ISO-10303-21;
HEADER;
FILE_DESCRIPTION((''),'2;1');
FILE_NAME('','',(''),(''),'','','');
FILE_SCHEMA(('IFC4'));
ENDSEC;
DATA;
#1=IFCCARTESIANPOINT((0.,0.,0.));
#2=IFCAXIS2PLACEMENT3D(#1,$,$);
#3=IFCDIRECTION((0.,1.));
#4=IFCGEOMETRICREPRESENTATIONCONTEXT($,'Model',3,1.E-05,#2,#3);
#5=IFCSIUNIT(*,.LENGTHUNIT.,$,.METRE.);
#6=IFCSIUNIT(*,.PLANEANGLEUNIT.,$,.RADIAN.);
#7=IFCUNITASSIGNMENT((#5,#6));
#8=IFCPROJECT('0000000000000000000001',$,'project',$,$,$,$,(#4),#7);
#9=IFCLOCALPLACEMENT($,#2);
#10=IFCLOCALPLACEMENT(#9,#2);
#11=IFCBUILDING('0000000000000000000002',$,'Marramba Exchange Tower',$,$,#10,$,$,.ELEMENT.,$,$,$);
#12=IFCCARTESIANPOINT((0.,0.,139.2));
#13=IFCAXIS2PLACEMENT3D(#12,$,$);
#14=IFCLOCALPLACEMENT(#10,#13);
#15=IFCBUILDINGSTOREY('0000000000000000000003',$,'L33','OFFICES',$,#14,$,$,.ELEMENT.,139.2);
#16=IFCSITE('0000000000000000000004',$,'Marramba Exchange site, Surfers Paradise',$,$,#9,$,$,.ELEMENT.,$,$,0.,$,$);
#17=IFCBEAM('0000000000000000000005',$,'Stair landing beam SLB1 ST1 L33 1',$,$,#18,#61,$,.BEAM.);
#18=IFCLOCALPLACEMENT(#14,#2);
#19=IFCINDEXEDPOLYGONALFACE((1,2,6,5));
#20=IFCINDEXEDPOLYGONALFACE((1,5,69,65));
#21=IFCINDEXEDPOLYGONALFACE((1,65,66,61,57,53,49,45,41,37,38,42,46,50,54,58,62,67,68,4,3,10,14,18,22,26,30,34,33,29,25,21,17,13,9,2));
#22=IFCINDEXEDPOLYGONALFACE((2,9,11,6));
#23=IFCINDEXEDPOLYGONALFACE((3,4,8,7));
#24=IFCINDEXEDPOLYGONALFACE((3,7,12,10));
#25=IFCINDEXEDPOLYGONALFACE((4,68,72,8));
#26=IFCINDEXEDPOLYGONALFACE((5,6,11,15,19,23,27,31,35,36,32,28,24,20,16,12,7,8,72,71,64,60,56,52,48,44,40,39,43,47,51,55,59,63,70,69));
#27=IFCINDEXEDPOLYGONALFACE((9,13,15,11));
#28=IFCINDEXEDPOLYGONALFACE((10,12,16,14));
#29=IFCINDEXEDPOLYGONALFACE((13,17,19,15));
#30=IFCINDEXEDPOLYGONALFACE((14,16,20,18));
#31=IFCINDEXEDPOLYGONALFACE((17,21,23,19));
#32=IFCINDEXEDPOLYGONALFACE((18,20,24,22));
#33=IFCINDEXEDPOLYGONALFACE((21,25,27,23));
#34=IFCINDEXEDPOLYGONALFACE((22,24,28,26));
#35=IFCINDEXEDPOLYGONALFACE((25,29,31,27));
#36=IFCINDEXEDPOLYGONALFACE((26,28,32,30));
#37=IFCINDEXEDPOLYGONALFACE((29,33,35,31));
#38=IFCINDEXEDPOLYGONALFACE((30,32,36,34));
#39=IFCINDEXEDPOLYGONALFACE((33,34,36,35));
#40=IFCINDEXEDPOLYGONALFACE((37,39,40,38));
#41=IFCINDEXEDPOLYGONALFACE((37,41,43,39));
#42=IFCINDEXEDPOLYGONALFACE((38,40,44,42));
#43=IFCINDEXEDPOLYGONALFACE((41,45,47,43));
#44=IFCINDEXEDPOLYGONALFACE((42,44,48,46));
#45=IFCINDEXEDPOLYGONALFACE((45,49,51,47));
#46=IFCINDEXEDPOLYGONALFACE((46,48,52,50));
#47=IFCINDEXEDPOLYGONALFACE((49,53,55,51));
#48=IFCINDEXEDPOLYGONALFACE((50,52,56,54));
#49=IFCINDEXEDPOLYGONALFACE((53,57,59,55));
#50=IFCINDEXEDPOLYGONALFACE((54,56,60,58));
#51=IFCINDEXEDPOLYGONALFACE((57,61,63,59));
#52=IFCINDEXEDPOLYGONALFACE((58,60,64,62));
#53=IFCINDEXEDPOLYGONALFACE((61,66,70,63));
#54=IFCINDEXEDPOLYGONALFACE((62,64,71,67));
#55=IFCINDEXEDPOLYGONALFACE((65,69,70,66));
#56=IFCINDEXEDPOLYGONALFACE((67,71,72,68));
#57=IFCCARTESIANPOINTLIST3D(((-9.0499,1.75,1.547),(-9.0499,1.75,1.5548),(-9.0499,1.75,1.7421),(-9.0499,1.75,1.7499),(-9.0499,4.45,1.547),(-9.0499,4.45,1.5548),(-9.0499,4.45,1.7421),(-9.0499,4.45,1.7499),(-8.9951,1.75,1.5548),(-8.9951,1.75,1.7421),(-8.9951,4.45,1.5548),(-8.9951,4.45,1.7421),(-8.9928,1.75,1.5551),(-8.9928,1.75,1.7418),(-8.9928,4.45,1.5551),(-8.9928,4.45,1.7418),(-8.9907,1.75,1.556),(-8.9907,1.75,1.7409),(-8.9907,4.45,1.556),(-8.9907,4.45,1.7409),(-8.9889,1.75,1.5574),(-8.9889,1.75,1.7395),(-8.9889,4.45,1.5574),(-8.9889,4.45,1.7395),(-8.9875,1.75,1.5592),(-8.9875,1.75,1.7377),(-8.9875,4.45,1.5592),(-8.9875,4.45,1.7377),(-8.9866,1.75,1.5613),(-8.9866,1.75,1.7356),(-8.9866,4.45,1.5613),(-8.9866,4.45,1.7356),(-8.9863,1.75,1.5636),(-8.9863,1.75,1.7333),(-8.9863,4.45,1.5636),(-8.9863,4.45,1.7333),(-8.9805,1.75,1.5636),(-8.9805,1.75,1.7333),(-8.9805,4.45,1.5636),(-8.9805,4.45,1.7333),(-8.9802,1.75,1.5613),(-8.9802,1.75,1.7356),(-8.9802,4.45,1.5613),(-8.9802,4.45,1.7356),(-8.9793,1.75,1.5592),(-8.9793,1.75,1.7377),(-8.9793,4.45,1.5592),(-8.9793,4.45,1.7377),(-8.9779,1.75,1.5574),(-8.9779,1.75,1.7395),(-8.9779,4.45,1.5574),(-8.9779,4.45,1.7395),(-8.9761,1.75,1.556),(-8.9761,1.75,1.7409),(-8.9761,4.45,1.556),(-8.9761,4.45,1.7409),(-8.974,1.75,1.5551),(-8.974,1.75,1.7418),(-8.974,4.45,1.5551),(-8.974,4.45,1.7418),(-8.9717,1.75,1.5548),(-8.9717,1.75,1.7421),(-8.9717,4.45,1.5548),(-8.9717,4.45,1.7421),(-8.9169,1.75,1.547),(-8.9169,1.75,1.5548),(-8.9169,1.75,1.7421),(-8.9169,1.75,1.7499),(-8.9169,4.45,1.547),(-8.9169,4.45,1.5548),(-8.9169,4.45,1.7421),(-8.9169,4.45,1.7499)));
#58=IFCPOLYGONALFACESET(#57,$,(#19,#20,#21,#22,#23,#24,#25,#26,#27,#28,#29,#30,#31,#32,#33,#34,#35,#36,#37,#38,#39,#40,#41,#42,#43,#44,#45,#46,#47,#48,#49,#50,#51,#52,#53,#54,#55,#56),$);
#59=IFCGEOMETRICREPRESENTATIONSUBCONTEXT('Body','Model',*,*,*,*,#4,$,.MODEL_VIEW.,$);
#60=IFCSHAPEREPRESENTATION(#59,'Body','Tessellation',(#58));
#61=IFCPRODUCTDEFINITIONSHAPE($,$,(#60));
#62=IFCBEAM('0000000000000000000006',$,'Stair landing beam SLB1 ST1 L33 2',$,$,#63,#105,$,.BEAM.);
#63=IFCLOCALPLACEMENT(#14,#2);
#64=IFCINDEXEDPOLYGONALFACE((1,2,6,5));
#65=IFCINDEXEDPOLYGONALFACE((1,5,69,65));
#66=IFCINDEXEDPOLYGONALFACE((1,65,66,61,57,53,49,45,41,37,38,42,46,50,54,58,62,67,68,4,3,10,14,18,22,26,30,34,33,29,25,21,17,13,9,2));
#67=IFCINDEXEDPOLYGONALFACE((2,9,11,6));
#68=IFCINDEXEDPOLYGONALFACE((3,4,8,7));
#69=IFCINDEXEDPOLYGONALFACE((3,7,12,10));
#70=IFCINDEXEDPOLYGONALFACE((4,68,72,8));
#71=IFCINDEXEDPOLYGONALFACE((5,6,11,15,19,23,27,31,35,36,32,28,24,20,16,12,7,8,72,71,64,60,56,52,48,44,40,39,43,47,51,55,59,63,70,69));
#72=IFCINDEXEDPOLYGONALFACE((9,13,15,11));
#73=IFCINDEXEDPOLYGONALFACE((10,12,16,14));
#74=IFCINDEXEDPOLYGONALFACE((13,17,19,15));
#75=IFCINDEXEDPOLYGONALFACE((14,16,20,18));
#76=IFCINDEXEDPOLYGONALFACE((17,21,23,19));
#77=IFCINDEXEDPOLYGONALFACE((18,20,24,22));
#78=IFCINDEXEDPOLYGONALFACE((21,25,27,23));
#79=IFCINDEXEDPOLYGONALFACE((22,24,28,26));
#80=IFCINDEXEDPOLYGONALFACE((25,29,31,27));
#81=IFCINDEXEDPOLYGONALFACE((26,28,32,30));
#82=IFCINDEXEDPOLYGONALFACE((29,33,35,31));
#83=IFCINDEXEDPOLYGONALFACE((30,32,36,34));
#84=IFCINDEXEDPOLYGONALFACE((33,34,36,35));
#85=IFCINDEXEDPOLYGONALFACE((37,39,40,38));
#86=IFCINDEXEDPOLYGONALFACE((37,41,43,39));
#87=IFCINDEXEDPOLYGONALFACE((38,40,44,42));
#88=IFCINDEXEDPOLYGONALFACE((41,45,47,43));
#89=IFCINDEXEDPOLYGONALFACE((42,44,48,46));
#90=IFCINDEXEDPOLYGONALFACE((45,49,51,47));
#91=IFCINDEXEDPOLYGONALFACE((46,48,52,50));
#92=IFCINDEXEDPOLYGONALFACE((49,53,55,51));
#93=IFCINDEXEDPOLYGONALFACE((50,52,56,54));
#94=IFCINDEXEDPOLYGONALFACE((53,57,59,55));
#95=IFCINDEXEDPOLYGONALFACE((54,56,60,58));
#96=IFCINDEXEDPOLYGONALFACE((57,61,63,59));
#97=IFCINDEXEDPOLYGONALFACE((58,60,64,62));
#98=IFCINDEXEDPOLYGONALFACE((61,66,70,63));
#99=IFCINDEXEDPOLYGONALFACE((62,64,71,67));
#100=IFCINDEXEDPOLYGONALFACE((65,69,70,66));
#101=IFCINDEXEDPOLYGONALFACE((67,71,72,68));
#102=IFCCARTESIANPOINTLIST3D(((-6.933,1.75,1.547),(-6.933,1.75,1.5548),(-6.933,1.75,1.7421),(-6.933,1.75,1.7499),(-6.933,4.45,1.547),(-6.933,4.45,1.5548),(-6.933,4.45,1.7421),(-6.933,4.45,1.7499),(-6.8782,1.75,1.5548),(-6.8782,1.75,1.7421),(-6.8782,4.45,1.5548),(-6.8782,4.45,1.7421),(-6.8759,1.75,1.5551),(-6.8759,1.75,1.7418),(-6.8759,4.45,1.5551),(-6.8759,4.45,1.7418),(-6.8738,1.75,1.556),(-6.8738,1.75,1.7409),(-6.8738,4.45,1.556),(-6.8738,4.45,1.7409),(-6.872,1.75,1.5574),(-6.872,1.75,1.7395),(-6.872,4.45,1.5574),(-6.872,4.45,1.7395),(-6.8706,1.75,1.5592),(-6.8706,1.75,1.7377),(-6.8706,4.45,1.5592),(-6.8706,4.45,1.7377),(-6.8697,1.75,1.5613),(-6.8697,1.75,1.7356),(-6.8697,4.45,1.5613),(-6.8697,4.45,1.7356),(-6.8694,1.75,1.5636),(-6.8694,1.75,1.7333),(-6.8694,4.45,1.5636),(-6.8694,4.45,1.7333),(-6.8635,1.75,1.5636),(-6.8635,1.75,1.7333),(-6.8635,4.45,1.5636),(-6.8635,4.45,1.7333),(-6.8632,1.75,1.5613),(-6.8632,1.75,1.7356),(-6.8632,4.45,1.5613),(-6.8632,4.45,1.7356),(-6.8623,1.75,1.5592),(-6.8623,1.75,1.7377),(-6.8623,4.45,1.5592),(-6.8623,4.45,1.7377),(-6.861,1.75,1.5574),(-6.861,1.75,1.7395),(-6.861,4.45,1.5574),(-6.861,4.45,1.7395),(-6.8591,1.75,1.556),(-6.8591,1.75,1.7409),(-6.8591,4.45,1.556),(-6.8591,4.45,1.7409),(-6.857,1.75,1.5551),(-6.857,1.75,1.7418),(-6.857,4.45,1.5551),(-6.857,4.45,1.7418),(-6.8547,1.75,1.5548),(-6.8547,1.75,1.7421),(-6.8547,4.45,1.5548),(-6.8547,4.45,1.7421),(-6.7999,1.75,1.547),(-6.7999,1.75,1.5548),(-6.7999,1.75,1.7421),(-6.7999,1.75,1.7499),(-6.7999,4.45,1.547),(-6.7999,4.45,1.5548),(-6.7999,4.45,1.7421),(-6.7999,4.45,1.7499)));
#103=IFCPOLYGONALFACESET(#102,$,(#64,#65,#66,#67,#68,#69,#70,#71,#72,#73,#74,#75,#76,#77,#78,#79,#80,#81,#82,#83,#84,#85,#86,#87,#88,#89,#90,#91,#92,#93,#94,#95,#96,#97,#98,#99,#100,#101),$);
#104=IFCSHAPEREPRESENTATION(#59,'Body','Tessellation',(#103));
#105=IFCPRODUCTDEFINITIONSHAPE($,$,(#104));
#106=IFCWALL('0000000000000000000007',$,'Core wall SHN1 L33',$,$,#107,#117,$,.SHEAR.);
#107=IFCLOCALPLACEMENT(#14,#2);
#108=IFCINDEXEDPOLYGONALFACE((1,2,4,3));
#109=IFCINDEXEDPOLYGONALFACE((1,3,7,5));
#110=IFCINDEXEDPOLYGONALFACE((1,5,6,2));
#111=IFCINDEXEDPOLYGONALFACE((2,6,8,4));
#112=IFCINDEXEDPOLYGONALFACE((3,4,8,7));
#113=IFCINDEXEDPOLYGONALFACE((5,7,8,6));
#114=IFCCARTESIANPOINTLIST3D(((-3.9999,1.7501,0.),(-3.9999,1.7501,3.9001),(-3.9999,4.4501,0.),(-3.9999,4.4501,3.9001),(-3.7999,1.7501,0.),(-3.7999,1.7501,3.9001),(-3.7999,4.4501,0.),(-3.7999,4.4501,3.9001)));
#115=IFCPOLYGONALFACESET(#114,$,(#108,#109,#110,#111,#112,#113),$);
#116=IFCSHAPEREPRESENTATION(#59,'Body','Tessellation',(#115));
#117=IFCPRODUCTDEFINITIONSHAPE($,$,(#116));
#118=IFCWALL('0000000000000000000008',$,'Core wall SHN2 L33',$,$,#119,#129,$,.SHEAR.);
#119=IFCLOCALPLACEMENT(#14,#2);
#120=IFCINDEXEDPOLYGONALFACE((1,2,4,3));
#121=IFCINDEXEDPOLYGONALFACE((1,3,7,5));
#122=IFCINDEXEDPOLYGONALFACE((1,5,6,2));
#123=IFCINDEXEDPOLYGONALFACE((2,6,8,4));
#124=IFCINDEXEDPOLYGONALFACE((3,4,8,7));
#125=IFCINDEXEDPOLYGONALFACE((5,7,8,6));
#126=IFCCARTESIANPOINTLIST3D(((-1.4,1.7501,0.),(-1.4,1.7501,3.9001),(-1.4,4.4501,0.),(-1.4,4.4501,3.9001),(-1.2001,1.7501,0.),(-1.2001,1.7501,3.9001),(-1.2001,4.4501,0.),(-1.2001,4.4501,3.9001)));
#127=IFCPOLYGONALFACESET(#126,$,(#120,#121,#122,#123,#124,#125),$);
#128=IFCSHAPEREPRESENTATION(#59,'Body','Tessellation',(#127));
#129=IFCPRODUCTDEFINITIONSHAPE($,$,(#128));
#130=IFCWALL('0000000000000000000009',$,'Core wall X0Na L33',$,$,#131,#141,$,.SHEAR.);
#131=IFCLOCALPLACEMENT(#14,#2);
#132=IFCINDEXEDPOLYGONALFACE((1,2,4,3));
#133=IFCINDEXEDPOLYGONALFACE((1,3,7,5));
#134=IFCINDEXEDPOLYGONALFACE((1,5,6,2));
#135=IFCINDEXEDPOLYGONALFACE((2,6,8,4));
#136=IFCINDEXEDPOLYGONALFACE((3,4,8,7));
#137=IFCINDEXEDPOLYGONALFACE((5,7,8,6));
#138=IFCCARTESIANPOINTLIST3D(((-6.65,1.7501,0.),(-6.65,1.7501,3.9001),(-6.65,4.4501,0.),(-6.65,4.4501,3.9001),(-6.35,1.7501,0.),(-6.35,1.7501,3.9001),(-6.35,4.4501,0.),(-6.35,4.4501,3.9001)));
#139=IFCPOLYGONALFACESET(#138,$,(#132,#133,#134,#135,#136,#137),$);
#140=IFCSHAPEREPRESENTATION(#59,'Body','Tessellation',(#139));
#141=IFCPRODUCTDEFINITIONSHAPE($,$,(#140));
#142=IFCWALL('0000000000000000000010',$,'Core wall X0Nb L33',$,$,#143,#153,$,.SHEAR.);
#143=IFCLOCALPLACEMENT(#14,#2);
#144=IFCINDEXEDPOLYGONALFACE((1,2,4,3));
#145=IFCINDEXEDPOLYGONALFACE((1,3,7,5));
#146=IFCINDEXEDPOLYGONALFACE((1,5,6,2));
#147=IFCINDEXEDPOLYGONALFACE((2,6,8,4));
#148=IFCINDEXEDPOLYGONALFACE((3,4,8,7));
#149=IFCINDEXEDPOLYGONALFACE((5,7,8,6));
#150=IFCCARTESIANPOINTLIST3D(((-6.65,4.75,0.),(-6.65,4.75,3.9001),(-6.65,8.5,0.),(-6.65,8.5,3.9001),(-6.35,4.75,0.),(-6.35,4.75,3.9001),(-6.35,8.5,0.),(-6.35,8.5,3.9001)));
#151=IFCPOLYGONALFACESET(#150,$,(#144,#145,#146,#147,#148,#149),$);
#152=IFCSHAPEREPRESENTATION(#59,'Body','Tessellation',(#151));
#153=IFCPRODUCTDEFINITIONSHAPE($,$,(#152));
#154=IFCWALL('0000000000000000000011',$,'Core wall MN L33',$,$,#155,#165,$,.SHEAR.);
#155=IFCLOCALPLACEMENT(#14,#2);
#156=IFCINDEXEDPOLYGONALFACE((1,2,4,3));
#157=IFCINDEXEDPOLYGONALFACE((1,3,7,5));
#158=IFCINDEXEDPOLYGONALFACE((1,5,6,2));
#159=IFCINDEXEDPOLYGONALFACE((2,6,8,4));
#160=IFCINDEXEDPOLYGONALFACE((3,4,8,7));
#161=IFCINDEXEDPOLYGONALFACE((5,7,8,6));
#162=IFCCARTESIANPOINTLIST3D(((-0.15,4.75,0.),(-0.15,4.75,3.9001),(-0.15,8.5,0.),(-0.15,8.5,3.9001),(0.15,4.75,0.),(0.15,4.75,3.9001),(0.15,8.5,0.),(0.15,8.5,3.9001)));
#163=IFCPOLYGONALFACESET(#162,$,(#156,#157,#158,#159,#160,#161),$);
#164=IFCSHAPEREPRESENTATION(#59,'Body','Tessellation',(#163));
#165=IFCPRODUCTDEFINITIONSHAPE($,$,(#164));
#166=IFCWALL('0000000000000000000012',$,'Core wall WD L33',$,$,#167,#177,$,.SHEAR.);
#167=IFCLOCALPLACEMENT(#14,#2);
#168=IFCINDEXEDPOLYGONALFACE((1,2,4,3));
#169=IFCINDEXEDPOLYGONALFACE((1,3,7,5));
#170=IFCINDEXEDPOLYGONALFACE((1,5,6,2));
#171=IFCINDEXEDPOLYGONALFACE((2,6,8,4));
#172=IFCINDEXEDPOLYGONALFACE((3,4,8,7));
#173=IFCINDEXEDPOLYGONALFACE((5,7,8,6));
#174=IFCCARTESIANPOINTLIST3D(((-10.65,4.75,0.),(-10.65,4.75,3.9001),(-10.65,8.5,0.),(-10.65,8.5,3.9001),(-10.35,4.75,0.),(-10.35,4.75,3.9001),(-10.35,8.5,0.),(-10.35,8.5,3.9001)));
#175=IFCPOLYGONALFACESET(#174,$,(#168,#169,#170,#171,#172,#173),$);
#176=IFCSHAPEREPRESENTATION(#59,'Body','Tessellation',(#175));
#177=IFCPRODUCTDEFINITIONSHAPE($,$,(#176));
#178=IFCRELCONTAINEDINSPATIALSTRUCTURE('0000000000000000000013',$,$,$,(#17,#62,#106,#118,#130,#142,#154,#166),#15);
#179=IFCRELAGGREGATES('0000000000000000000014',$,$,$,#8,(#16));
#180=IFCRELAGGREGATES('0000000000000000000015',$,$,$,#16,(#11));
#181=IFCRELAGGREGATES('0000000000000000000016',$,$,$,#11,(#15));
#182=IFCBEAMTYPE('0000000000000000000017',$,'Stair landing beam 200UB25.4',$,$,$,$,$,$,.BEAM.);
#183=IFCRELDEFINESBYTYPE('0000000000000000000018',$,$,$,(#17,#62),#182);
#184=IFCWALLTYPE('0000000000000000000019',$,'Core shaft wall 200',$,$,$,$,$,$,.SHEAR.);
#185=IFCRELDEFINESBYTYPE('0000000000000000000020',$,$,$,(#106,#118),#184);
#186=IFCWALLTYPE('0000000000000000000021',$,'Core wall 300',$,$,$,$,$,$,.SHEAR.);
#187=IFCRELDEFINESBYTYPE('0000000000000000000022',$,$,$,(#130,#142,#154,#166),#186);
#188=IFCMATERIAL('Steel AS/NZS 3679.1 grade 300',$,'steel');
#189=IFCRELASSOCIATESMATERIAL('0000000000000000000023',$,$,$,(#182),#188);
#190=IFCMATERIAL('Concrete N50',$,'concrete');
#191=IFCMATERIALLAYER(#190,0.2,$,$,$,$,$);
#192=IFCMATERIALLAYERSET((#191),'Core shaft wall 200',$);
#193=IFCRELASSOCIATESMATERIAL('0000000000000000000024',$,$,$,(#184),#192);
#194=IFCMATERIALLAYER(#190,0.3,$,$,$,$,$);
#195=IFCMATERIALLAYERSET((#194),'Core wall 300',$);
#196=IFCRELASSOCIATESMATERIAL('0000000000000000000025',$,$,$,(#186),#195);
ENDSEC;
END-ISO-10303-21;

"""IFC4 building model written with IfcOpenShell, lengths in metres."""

from ifc_helpers import new_model, si_unit, direction, frame, frame_2d, origin, origin_2d, place, context, subcontext, project, spatial, rectangle, i_section, extrude, material, layer, layer_set, material_profile, profile_set, type_object, element, save


model = new_model("IFC4")

# Units and contexts
model_context = context("Model", 3, precision=1e-05, world=origin(), true_north=direction((0.0, 1.0)))
body_context = subcontext(model_context, "Body", "Model", "MODEL_VIEW")
ifc_project = project(units=[si_unit("LENGTHUNIT", "METRE"), si_unit("PLANEANGLEUNIT", "RADIAN")], contexts=[model_context])

# Site, building, storey
site_placement = place(None, origin())
site = spatial("IfcSite", under=ifc_project, at=site_placement, Name="Marramba Exchange site, Surfers Paradise", CompositionType="ELEMENT", RefElevation=0.0)
building_placement = place(site_placement, origin())
building = spatial("IfcBuilding", under=site, at=building_placement, Name="Marramba Exchange Tower", CompositionType="ELEMENT")
storey_placement = place(building_placement, frame((0.0, 0.0, 139.2)))
storey = spatial("IfcBuildingStorey", under=building, at=storey_placement, Name="L33", Description="OFFICES", CompositionType="ELEMENT", Elevation=139.2)

# Shared definitions
ifc_material_1 = material(Name="Concrete N50", Category="concrete")

# Beams
ifc_material_2 = material(Name="Steel AS/NZS 3679.1 grade 300", Category="steel")
ifc_material_profile_1 = material_profile(ifc_material_2, i_section(OverallWidth=0.1331, OverallDepth=0.2029, WebThickness=0.0059, FlangeThickness=0.0078, FilletRadius=0.0088, at=origin_2d()), Name="200UB25.4")
ifc_profile_set_1 = profile_set([ifc_material_profile_1], Name="Steel AS/NZS 3679.1 grade 300")
beam_type_1 = type_object("IfcBeamType", Name="Stair landing beam 200UB25.4", PredefinedType="BEAM", material=ifc_profile_set_1)
for number, where, z_axis, x_axis, name in (
    (1, (-8.9834, 1.75, 1.6484), (0.0, 1.0, 0.0), (-1.0, 0.0, 0.0), "Stair landing beam SLB1 ST1 L33 1"),
    (2, (-6.8665, 1.75, 1.6484), (0.0, 1.0, 0.0), (-1.0, 0.0, 0.0), "Stair landing beam SLB1 ST1 L33 2"),
):
    element("IfcBeam", number, at=place(storey_placement, frame(where, z_axis=z_axis, x_axis=x_axis)), inside=storey, type_object=beam_type_1, Name=name, PredefinedType="BEAM", context=body_context, shape_type="SweptSolid", body=[
        extrude(i_section(OverallWidth=0.1331, OverallDepth=0.2029, WebThickness=0.0059, FlangeThickness=0.0078, FilletRadius=0.0088, at=origin_2d()), origin(), (0.0, 0.0, 1.0), 2.7),
    ])

# Walls
ifc_layer_1 = layer(ifc_material_1, 0.2)
ifc_layer_set_1 = layer_set([ifc_layer_1], Name="Core shaft wall 200")
wall_type_1 = type_object("IfcWallType", Name="Core shaft wall 200", PredefinedType="SHEAR", material=ifc_layer_set_1)
for number, where, z_axis, x_axis, name in (
    (3, (-3.8999, 1.75, 0.0), (0.0, 0.0, 1.0), (0.0, 1.0, 0.0), "Core wall SHN1 L33"),
    (4, (-1.3, 1.75, 0.0), (0.0, 0.0, 1.0), (0.0, 1.0, 0.0), "Core wall SHN2 L33"),
):
    element("IfcWall", number, at=place(storey_placement, frame(where, z_axis=z_axis, x_axis=x_axis)), inside=storey, type_object=wall_type_1, Name=name, PredefinedType="SHEAR", context=body_context, shape_type="SweptSolid", body=[
        extrude(rectangle(XDim=2.7, YDim=0.2, at=frame_2d((1.3501, 0.0))), origin(), (0.0, 0.0, 1.0), 3.9001),
    ])
ifc_layer_2 = layer(ifc_material_1, 0.3)
ifc_layer_set_2 = layer_set([ifc_layer_2], Name="Core wall 300")
wall_type_2 = type_object("IfcWallType", Name="Core wall 300", PredefinedType="SHEAR", material=ifc_layer_set_2)
wall_1_placement = place(storey_placement, frame((-6.5, 1.75, 0.0), z_axis=(0.0, 0.0, 1.0), x_axis=(0.0, 1.0, 0.0)))
element("IfcWall", 5, at=wall_1_placement, inside=storey, type_object=wall_type_2, Name="Core wall X0Na L33", PredefinedType="SHEAR", context=body_context, shape_type="SweptSolid", body=[
    extrude(rectangle(XDim=2.7, YDim=0.3, at=frame_2d((1.3501, 0.0))), origin(), (0.0, 0.0, 1.0), 3.9001),
])
for number, where, z_axis, x_axis, name in (
    (6, (-6.5, 4.75, 0.0), (0.0, 0.0, 1.0), (0.0, 1.0, 0.0), "Core wall X0Nb L33"),
    (7, (0.0, 4.75, 0.0), (0.0, 0.0, 1.0), (0.0, 1.0, 0.0), "Core wall MN L33"),
    (8, (-10.5, 4.75, 0.0), (0.0, 0.0, 1.0), (0.0, 1.0, 0.0), "Core wall WD L33"),
):
    element("IfcWall", number, at=place(storey_placement, frame(where, z_axis=z_axis, x_axis=x_axis)), inside=storey, type_object=wall_type_2, Name=name, PredefinedType="SHEAR", context=body_context, shape_type="SweptSolid", body=[
        extrude(rectangle(XDim=3.75, YDim=0.3, at=frame_2d((1.875, 0.0))), origin(), (0.0, 0.0, 1.0), 3.9001),
    ])

save(model, "model.ifc")
